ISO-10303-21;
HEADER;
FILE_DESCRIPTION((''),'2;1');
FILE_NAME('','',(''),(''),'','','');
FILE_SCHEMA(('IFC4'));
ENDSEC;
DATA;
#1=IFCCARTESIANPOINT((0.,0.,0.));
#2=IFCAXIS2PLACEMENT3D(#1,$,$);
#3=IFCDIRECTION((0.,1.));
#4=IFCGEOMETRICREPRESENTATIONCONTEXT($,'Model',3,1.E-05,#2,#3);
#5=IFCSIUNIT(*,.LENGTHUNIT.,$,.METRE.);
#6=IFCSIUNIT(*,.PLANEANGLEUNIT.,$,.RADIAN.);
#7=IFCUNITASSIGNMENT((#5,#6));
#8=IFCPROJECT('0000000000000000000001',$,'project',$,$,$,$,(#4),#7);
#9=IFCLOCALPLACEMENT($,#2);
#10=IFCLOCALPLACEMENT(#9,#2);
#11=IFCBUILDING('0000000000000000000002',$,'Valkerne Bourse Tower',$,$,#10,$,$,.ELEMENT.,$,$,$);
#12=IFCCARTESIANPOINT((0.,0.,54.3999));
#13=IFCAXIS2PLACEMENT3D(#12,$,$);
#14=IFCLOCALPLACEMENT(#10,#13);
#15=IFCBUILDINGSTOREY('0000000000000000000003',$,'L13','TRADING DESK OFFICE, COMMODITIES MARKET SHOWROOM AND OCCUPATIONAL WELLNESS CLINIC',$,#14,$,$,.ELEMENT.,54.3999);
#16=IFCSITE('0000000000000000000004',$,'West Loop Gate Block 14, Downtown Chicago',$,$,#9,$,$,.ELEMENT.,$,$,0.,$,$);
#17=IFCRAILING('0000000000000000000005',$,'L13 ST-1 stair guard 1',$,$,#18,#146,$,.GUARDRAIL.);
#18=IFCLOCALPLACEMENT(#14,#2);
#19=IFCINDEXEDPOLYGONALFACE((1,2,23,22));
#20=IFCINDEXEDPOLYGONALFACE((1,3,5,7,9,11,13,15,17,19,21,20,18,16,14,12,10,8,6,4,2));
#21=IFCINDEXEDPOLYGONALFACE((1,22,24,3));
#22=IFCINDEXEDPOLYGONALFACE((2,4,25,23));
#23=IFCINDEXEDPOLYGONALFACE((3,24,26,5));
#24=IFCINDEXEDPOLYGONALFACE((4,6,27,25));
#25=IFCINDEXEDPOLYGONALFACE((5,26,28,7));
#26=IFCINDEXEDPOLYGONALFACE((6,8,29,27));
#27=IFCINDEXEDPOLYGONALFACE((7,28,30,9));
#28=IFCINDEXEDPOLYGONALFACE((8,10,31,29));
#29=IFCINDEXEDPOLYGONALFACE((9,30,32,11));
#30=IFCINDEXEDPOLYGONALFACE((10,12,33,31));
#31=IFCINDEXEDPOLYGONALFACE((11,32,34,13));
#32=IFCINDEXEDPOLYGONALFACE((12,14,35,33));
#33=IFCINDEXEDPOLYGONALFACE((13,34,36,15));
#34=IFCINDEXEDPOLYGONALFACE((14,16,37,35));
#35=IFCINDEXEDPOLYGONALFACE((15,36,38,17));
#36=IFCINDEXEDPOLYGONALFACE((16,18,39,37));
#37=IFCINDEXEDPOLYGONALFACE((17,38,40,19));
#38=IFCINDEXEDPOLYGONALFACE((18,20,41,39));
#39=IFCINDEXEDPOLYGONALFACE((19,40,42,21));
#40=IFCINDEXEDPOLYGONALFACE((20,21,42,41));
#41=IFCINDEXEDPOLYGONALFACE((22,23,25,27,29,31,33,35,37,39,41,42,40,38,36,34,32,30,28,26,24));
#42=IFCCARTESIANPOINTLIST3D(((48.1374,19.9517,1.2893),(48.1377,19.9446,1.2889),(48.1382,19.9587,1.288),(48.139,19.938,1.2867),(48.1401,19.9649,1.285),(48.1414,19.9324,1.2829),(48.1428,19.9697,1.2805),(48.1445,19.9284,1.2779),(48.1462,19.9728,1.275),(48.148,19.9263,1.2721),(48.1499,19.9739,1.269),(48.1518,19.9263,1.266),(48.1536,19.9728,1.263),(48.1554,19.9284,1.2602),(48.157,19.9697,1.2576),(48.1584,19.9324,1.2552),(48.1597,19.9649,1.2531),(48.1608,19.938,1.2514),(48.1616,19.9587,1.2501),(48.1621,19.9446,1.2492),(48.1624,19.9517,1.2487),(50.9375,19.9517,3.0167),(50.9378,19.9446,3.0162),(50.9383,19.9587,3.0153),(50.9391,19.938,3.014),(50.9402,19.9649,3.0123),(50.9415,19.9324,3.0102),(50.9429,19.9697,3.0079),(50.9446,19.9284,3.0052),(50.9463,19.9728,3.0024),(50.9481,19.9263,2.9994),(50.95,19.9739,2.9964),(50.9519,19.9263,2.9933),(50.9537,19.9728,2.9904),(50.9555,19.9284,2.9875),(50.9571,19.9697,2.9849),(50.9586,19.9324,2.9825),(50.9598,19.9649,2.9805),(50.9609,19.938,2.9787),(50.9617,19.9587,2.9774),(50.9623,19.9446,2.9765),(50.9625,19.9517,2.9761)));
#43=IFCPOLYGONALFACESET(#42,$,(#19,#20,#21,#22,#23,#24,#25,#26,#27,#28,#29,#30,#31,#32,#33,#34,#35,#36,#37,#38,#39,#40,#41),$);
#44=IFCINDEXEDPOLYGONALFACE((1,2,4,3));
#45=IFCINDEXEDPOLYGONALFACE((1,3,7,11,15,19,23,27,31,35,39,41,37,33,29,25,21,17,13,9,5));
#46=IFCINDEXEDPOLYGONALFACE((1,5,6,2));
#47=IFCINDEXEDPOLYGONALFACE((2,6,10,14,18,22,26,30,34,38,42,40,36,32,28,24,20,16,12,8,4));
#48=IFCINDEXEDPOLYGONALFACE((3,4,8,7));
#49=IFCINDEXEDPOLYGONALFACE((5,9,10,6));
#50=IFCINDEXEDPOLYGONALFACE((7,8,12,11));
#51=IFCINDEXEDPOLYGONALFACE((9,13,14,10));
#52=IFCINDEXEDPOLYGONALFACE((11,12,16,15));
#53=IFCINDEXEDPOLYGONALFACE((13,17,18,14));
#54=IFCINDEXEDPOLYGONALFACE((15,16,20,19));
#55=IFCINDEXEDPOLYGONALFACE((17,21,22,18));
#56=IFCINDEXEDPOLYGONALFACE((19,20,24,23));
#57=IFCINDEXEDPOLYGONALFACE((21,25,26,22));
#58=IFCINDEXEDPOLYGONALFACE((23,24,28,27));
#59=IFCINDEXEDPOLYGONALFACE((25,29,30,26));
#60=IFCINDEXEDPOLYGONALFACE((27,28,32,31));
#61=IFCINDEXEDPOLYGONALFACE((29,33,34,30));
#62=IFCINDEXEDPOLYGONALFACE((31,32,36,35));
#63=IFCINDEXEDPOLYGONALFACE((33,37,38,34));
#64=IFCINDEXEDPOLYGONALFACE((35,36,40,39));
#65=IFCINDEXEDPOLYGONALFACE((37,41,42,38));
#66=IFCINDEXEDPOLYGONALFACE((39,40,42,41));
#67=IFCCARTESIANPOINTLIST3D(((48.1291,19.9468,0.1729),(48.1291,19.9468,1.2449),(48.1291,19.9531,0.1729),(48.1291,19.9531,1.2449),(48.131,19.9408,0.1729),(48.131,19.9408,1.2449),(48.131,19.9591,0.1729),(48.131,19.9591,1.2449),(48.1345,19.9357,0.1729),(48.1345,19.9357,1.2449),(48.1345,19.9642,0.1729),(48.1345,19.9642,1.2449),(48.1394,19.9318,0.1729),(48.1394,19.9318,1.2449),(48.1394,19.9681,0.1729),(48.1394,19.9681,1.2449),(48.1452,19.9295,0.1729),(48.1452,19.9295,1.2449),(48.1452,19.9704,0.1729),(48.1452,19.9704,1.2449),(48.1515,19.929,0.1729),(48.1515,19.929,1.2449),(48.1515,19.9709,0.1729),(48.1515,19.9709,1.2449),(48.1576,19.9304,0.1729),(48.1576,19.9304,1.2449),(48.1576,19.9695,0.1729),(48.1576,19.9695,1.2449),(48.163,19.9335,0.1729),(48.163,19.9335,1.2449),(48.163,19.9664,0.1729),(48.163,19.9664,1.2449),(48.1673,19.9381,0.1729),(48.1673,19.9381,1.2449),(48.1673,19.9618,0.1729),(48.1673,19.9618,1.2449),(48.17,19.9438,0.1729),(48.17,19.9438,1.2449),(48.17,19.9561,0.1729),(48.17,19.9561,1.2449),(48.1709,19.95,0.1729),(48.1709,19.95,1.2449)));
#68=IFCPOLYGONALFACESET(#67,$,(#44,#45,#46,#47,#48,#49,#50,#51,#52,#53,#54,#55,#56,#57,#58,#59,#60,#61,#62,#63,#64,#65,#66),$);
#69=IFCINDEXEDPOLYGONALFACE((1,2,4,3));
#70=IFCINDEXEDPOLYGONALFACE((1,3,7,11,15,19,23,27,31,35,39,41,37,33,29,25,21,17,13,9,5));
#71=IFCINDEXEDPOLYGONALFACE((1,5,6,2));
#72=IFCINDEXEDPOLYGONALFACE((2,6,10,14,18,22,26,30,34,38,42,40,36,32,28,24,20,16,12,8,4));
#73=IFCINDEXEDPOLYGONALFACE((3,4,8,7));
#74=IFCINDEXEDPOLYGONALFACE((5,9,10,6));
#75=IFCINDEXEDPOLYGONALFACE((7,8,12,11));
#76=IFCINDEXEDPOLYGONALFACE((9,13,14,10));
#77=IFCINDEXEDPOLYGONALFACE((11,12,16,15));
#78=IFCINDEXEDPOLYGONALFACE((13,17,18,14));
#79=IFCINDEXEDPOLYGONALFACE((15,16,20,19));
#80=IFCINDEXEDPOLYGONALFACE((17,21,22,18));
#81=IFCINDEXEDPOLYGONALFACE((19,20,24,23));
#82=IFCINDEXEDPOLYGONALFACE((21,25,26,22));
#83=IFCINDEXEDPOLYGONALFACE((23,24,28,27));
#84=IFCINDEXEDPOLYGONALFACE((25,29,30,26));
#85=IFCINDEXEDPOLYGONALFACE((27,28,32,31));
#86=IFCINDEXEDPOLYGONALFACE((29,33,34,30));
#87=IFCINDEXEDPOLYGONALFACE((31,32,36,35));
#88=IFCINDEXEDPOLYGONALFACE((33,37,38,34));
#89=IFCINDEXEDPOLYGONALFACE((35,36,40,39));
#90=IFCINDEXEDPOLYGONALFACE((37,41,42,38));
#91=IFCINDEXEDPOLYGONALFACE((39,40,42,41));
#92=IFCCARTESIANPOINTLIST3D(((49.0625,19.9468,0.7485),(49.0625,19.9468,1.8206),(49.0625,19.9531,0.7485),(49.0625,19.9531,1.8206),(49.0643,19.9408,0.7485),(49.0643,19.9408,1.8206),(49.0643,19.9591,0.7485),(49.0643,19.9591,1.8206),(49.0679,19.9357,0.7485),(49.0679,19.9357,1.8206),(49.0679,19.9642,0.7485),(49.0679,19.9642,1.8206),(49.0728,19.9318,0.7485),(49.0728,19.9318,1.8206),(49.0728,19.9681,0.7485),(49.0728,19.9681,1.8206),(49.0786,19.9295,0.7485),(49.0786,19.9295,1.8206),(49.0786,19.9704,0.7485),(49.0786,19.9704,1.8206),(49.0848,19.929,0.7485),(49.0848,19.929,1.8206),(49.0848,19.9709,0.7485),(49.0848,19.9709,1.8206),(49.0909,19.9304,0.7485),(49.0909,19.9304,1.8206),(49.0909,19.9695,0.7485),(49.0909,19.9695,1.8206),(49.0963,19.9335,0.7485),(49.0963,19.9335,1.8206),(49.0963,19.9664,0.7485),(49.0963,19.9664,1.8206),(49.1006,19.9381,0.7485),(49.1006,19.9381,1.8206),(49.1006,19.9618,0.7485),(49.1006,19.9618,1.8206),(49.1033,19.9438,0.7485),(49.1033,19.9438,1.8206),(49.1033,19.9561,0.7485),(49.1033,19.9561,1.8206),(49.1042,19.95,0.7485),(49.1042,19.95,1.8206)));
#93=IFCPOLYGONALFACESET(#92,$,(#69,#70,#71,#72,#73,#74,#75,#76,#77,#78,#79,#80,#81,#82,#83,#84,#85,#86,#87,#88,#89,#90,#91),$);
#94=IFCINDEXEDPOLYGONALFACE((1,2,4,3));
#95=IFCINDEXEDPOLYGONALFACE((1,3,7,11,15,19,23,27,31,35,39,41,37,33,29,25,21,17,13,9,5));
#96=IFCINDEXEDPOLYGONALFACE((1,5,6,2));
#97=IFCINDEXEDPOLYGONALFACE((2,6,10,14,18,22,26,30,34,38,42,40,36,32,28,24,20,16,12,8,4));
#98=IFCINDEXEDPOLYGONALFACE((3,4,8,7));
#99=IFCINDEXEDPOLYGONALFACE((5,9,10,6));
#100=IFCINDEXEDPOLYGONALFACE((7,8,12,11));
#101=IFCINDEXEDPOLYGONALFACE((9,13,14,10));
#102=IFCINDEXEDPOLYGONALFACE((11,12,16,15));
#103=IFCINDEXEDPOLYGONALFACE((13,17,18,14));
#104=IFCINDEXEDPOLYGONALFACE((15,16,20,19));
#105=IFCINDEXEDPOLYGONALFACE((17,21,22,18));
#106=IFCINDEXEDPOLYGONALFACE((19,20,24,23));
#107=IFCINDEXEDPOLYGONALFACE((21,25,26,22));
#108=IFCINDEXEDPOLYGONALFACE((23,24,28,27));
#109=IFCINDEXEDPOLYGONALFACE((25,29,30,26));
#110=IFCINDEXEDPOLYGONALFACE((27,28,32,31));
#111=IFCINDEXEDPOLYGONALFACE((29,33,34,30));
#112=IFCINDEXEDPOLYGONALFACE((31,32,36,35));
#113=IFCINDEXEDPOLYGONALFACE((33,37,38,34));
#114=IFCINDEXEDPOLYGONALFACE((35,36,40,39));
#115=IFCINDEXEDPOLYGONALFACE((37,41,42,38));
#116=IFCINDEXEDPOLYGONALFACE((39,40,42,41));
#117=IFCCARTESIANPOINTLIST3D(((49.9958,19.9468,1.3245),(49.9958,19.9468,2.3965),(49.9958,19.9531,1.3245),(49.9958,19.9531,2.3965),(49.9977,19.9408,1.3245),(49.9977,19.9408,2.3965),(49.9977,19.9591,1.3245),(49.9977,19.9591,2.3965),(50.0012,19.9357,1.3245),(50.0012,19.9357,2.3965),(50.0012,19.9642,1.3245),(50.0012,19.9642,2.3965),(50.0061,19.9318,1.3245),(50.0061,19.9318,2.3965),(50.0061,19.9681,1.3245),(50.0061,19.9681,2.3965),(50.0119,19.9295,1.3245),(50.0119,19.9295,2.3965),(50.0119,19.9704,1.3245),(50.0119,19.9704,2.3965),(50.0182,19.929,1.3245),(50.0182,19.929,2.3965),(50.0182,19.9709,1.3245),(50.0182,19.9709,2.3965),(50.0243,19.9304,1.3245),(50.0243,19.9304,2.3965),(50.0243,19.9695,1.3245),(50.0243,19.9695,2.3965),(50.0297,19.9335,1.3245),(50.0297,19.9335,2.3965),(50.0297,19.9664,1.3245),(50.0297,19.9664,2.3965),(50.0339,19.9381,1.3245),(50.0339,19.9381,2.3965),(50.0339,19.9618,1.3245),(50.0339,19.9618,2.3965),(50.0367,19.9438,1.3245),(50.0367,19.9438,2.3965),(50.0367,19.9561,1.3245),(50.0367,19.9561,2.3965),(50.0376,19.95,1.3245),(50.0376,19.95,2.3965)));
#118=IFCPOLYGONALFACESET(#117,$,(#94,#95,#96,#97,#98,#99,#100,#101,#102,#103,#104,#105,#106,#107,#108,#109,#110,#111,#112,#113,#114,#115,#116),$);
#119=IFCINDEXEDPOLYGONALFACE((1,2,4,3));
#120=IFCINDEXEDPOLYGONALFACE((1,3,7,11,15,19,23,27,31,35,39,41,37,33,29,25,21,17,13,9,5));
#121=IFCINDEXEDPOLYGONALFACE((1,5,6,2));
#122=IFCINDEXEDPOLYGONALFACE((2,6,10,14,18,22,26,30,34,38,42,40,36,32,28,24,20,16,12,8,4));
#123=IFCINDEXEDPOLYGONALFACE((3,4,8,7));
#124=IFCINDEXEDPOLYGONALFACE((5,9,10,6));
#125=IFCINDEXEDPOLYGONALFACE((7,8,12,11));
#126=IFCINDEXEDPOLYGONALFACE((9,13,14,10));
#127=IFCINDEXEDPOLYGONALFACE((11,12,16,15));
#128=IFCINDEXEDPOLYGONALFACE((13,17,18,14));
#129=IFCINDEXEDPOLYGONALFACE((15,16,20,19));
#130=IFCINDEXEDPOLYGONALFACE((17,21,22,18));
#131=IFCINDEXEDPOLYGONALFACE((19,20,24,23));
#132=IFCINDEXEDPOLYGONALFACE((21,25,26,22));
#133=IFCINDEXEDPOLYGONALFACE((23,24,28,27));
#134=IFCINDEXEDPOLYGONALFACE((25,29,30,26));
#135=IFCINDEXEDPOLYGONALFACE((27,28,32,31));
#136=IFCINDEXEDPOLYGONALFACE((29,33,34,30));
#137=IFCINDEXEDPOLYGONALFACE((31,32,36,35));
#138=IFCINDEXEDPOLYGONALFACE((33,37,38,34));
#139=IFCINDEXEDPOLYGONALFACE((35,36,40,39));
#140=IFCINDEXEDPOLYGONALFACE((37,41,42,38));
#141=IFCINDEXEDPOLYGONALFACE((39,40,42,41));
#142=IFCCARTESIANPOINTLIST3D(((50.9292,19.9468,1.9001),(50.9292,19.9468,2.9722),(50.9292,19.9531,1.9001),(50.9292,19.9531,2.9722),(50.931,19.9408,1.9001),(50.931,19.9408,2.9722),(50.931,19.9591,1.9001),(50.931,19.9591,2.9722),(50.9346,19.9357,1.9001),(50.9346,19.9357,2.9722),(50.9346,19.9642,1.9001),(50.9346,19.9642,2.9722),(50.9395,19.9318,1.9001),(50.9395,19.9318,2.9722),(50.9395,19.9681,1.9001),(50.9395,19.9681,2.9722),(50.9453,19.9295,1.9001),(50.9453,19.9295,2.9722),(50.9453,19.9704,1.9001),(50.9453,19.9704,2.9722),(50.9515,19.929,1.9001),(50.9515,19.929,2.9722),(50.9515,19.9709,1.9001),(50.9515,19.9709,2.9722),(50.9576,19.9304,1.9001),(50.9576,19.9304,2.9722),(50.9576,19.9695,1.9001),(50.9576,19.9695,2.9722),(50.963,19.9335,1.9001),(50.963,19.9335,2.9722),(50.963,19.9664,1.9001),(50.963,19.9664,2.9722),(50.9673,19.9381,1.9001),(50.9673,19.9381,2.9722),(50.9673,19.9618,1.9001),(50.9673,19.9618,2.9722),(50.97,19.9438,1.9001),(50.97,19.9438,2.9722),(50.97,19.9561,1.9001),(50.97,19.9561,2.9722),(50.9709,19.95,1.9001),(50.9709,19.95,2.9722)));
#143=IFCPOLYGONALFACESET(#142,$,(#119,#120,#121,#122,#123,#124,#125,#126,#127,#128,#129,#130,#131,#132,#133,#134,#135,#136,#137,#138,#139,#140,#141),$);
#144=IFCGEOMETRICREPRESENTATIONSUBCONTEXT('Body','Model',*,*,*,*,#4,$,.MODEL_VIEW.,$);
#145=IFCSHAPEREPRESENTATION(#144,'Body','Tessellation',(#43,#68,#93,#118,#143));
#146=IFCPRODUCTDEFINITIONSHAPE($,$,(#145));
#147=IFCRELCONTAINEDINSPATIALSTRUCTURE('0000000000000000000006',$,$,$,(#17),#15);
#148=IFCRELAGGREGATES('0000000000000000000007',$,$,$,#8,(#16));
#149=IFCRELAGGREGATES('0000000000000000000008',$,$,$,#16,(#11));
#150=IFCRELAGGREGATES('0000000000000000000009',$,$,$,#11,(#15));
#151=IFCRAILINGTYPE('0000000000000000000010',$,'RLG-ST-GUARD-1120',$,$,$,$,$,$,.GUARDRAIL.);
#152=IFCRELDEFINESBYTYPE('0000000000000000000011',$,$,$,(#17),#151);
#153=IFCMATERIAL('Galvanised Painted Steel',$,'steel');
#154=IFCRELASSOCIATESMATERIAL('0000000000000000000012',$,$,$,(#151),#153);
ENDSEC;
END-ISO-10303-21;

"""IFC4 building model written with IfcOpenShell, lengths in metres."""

from ifc_helpers import new_model, si_unit, direction, frame, origin, origin_2d, place, context, subcontext, project, spatial, circle, extrude, material, type_object, element, save


model = new_model("IFC4")

# Units and contexts
model_context = context("Model", 3, precision=1e-05, world=origin(), true_north=direction((0.0, 1.0)))
body_context = subcontext(model_context, "Body", "Model", "MODEL_VIEW")
ifc_project = project(units=[si_unit("LENGTHUNIT", "METRE"), si_unit("PLANEANGLEUNIT", "RADIAN")], contexts=[model_context])

# Site, building, storey
site_placement = place(None, origin())
site = spatial("IfcSite", under=ifc_project, at=site_placement, Name="West Loop Gate Block 14, Downtown Chicago", CompositionType="ELEMENT", RefElevation=0.0)
building_placement = place(site_placement, origin())
building = spatial("IfcBuilding", under=site, at=building_placement, Name="Valkerne Bourse Tower", CompositionType="ELEMENT")
storey_placement = place(building_placement, frame((0.0, 0.0, 54.3999)))
storey = spatial("IfcBuildingStorey", under=building, at=storey_placement, Name="L13", Description="TRADING DESK OFFICE, COMMODITIES MARKET SHOWROOM AND OCCUPATIONAL WELLNESS CLINIC", CompositionType="ELEMENT", Elevation=54.3999)

# Shared definitions
ifc_material_1 = material(Name="Galvanised Painted Steel", Category="steel")

# Railing
railing_type_1 = type_object("IfcRailingType", Name="RLG-ST-GUARD-1120", PredefinedType="GUARDRAIL", material=ifc_material_1)
railing_1_placement = place(storey_placement, frame((48.1499, 19.95, 0.1729)))
element("IfcRailing", 1, at=railing_1_placement, inside=storey, type_object=railing_type_1, Name="L13 ST-1 stair guard 1", PredefinedType="GUARDRAIL", context=body_context, shape_type="SweptSolid", body=[
    extrude(circle(Radius=0.0239, at=origin_2d()), frame((0.0, 0.0, 1.0962), z_axis=(0.85109, 0.0, 0.52502), x_axis=(0.0, 1.0, 0.0)), (0.0, 0.0, 1.0), 3.29),
    extrude(circle(Radius=0.021, at=origin_2d()), origin(), (0.0, 0.0, 1.0), 1.072),
    extrude(circle(Radius=0.021, at=origin_2d()), frame((0.9333, 0.0, 0.5757)), (0.0, 0.0, 1.0), 1.072),
    extrude(circle(Radius=0.021, at=origin_2d()), frame((1.8667, 0.0, 1.1516)), (0.0, 0.0, 1.0), 1.072),
    extrude(circle(Radius=0.021, at=origin_2d()), frame((2.8, 0.0, 1.7273)), (0.0, 0.0, 1.0), 1.072),
])

save(model, "model.ifc")
